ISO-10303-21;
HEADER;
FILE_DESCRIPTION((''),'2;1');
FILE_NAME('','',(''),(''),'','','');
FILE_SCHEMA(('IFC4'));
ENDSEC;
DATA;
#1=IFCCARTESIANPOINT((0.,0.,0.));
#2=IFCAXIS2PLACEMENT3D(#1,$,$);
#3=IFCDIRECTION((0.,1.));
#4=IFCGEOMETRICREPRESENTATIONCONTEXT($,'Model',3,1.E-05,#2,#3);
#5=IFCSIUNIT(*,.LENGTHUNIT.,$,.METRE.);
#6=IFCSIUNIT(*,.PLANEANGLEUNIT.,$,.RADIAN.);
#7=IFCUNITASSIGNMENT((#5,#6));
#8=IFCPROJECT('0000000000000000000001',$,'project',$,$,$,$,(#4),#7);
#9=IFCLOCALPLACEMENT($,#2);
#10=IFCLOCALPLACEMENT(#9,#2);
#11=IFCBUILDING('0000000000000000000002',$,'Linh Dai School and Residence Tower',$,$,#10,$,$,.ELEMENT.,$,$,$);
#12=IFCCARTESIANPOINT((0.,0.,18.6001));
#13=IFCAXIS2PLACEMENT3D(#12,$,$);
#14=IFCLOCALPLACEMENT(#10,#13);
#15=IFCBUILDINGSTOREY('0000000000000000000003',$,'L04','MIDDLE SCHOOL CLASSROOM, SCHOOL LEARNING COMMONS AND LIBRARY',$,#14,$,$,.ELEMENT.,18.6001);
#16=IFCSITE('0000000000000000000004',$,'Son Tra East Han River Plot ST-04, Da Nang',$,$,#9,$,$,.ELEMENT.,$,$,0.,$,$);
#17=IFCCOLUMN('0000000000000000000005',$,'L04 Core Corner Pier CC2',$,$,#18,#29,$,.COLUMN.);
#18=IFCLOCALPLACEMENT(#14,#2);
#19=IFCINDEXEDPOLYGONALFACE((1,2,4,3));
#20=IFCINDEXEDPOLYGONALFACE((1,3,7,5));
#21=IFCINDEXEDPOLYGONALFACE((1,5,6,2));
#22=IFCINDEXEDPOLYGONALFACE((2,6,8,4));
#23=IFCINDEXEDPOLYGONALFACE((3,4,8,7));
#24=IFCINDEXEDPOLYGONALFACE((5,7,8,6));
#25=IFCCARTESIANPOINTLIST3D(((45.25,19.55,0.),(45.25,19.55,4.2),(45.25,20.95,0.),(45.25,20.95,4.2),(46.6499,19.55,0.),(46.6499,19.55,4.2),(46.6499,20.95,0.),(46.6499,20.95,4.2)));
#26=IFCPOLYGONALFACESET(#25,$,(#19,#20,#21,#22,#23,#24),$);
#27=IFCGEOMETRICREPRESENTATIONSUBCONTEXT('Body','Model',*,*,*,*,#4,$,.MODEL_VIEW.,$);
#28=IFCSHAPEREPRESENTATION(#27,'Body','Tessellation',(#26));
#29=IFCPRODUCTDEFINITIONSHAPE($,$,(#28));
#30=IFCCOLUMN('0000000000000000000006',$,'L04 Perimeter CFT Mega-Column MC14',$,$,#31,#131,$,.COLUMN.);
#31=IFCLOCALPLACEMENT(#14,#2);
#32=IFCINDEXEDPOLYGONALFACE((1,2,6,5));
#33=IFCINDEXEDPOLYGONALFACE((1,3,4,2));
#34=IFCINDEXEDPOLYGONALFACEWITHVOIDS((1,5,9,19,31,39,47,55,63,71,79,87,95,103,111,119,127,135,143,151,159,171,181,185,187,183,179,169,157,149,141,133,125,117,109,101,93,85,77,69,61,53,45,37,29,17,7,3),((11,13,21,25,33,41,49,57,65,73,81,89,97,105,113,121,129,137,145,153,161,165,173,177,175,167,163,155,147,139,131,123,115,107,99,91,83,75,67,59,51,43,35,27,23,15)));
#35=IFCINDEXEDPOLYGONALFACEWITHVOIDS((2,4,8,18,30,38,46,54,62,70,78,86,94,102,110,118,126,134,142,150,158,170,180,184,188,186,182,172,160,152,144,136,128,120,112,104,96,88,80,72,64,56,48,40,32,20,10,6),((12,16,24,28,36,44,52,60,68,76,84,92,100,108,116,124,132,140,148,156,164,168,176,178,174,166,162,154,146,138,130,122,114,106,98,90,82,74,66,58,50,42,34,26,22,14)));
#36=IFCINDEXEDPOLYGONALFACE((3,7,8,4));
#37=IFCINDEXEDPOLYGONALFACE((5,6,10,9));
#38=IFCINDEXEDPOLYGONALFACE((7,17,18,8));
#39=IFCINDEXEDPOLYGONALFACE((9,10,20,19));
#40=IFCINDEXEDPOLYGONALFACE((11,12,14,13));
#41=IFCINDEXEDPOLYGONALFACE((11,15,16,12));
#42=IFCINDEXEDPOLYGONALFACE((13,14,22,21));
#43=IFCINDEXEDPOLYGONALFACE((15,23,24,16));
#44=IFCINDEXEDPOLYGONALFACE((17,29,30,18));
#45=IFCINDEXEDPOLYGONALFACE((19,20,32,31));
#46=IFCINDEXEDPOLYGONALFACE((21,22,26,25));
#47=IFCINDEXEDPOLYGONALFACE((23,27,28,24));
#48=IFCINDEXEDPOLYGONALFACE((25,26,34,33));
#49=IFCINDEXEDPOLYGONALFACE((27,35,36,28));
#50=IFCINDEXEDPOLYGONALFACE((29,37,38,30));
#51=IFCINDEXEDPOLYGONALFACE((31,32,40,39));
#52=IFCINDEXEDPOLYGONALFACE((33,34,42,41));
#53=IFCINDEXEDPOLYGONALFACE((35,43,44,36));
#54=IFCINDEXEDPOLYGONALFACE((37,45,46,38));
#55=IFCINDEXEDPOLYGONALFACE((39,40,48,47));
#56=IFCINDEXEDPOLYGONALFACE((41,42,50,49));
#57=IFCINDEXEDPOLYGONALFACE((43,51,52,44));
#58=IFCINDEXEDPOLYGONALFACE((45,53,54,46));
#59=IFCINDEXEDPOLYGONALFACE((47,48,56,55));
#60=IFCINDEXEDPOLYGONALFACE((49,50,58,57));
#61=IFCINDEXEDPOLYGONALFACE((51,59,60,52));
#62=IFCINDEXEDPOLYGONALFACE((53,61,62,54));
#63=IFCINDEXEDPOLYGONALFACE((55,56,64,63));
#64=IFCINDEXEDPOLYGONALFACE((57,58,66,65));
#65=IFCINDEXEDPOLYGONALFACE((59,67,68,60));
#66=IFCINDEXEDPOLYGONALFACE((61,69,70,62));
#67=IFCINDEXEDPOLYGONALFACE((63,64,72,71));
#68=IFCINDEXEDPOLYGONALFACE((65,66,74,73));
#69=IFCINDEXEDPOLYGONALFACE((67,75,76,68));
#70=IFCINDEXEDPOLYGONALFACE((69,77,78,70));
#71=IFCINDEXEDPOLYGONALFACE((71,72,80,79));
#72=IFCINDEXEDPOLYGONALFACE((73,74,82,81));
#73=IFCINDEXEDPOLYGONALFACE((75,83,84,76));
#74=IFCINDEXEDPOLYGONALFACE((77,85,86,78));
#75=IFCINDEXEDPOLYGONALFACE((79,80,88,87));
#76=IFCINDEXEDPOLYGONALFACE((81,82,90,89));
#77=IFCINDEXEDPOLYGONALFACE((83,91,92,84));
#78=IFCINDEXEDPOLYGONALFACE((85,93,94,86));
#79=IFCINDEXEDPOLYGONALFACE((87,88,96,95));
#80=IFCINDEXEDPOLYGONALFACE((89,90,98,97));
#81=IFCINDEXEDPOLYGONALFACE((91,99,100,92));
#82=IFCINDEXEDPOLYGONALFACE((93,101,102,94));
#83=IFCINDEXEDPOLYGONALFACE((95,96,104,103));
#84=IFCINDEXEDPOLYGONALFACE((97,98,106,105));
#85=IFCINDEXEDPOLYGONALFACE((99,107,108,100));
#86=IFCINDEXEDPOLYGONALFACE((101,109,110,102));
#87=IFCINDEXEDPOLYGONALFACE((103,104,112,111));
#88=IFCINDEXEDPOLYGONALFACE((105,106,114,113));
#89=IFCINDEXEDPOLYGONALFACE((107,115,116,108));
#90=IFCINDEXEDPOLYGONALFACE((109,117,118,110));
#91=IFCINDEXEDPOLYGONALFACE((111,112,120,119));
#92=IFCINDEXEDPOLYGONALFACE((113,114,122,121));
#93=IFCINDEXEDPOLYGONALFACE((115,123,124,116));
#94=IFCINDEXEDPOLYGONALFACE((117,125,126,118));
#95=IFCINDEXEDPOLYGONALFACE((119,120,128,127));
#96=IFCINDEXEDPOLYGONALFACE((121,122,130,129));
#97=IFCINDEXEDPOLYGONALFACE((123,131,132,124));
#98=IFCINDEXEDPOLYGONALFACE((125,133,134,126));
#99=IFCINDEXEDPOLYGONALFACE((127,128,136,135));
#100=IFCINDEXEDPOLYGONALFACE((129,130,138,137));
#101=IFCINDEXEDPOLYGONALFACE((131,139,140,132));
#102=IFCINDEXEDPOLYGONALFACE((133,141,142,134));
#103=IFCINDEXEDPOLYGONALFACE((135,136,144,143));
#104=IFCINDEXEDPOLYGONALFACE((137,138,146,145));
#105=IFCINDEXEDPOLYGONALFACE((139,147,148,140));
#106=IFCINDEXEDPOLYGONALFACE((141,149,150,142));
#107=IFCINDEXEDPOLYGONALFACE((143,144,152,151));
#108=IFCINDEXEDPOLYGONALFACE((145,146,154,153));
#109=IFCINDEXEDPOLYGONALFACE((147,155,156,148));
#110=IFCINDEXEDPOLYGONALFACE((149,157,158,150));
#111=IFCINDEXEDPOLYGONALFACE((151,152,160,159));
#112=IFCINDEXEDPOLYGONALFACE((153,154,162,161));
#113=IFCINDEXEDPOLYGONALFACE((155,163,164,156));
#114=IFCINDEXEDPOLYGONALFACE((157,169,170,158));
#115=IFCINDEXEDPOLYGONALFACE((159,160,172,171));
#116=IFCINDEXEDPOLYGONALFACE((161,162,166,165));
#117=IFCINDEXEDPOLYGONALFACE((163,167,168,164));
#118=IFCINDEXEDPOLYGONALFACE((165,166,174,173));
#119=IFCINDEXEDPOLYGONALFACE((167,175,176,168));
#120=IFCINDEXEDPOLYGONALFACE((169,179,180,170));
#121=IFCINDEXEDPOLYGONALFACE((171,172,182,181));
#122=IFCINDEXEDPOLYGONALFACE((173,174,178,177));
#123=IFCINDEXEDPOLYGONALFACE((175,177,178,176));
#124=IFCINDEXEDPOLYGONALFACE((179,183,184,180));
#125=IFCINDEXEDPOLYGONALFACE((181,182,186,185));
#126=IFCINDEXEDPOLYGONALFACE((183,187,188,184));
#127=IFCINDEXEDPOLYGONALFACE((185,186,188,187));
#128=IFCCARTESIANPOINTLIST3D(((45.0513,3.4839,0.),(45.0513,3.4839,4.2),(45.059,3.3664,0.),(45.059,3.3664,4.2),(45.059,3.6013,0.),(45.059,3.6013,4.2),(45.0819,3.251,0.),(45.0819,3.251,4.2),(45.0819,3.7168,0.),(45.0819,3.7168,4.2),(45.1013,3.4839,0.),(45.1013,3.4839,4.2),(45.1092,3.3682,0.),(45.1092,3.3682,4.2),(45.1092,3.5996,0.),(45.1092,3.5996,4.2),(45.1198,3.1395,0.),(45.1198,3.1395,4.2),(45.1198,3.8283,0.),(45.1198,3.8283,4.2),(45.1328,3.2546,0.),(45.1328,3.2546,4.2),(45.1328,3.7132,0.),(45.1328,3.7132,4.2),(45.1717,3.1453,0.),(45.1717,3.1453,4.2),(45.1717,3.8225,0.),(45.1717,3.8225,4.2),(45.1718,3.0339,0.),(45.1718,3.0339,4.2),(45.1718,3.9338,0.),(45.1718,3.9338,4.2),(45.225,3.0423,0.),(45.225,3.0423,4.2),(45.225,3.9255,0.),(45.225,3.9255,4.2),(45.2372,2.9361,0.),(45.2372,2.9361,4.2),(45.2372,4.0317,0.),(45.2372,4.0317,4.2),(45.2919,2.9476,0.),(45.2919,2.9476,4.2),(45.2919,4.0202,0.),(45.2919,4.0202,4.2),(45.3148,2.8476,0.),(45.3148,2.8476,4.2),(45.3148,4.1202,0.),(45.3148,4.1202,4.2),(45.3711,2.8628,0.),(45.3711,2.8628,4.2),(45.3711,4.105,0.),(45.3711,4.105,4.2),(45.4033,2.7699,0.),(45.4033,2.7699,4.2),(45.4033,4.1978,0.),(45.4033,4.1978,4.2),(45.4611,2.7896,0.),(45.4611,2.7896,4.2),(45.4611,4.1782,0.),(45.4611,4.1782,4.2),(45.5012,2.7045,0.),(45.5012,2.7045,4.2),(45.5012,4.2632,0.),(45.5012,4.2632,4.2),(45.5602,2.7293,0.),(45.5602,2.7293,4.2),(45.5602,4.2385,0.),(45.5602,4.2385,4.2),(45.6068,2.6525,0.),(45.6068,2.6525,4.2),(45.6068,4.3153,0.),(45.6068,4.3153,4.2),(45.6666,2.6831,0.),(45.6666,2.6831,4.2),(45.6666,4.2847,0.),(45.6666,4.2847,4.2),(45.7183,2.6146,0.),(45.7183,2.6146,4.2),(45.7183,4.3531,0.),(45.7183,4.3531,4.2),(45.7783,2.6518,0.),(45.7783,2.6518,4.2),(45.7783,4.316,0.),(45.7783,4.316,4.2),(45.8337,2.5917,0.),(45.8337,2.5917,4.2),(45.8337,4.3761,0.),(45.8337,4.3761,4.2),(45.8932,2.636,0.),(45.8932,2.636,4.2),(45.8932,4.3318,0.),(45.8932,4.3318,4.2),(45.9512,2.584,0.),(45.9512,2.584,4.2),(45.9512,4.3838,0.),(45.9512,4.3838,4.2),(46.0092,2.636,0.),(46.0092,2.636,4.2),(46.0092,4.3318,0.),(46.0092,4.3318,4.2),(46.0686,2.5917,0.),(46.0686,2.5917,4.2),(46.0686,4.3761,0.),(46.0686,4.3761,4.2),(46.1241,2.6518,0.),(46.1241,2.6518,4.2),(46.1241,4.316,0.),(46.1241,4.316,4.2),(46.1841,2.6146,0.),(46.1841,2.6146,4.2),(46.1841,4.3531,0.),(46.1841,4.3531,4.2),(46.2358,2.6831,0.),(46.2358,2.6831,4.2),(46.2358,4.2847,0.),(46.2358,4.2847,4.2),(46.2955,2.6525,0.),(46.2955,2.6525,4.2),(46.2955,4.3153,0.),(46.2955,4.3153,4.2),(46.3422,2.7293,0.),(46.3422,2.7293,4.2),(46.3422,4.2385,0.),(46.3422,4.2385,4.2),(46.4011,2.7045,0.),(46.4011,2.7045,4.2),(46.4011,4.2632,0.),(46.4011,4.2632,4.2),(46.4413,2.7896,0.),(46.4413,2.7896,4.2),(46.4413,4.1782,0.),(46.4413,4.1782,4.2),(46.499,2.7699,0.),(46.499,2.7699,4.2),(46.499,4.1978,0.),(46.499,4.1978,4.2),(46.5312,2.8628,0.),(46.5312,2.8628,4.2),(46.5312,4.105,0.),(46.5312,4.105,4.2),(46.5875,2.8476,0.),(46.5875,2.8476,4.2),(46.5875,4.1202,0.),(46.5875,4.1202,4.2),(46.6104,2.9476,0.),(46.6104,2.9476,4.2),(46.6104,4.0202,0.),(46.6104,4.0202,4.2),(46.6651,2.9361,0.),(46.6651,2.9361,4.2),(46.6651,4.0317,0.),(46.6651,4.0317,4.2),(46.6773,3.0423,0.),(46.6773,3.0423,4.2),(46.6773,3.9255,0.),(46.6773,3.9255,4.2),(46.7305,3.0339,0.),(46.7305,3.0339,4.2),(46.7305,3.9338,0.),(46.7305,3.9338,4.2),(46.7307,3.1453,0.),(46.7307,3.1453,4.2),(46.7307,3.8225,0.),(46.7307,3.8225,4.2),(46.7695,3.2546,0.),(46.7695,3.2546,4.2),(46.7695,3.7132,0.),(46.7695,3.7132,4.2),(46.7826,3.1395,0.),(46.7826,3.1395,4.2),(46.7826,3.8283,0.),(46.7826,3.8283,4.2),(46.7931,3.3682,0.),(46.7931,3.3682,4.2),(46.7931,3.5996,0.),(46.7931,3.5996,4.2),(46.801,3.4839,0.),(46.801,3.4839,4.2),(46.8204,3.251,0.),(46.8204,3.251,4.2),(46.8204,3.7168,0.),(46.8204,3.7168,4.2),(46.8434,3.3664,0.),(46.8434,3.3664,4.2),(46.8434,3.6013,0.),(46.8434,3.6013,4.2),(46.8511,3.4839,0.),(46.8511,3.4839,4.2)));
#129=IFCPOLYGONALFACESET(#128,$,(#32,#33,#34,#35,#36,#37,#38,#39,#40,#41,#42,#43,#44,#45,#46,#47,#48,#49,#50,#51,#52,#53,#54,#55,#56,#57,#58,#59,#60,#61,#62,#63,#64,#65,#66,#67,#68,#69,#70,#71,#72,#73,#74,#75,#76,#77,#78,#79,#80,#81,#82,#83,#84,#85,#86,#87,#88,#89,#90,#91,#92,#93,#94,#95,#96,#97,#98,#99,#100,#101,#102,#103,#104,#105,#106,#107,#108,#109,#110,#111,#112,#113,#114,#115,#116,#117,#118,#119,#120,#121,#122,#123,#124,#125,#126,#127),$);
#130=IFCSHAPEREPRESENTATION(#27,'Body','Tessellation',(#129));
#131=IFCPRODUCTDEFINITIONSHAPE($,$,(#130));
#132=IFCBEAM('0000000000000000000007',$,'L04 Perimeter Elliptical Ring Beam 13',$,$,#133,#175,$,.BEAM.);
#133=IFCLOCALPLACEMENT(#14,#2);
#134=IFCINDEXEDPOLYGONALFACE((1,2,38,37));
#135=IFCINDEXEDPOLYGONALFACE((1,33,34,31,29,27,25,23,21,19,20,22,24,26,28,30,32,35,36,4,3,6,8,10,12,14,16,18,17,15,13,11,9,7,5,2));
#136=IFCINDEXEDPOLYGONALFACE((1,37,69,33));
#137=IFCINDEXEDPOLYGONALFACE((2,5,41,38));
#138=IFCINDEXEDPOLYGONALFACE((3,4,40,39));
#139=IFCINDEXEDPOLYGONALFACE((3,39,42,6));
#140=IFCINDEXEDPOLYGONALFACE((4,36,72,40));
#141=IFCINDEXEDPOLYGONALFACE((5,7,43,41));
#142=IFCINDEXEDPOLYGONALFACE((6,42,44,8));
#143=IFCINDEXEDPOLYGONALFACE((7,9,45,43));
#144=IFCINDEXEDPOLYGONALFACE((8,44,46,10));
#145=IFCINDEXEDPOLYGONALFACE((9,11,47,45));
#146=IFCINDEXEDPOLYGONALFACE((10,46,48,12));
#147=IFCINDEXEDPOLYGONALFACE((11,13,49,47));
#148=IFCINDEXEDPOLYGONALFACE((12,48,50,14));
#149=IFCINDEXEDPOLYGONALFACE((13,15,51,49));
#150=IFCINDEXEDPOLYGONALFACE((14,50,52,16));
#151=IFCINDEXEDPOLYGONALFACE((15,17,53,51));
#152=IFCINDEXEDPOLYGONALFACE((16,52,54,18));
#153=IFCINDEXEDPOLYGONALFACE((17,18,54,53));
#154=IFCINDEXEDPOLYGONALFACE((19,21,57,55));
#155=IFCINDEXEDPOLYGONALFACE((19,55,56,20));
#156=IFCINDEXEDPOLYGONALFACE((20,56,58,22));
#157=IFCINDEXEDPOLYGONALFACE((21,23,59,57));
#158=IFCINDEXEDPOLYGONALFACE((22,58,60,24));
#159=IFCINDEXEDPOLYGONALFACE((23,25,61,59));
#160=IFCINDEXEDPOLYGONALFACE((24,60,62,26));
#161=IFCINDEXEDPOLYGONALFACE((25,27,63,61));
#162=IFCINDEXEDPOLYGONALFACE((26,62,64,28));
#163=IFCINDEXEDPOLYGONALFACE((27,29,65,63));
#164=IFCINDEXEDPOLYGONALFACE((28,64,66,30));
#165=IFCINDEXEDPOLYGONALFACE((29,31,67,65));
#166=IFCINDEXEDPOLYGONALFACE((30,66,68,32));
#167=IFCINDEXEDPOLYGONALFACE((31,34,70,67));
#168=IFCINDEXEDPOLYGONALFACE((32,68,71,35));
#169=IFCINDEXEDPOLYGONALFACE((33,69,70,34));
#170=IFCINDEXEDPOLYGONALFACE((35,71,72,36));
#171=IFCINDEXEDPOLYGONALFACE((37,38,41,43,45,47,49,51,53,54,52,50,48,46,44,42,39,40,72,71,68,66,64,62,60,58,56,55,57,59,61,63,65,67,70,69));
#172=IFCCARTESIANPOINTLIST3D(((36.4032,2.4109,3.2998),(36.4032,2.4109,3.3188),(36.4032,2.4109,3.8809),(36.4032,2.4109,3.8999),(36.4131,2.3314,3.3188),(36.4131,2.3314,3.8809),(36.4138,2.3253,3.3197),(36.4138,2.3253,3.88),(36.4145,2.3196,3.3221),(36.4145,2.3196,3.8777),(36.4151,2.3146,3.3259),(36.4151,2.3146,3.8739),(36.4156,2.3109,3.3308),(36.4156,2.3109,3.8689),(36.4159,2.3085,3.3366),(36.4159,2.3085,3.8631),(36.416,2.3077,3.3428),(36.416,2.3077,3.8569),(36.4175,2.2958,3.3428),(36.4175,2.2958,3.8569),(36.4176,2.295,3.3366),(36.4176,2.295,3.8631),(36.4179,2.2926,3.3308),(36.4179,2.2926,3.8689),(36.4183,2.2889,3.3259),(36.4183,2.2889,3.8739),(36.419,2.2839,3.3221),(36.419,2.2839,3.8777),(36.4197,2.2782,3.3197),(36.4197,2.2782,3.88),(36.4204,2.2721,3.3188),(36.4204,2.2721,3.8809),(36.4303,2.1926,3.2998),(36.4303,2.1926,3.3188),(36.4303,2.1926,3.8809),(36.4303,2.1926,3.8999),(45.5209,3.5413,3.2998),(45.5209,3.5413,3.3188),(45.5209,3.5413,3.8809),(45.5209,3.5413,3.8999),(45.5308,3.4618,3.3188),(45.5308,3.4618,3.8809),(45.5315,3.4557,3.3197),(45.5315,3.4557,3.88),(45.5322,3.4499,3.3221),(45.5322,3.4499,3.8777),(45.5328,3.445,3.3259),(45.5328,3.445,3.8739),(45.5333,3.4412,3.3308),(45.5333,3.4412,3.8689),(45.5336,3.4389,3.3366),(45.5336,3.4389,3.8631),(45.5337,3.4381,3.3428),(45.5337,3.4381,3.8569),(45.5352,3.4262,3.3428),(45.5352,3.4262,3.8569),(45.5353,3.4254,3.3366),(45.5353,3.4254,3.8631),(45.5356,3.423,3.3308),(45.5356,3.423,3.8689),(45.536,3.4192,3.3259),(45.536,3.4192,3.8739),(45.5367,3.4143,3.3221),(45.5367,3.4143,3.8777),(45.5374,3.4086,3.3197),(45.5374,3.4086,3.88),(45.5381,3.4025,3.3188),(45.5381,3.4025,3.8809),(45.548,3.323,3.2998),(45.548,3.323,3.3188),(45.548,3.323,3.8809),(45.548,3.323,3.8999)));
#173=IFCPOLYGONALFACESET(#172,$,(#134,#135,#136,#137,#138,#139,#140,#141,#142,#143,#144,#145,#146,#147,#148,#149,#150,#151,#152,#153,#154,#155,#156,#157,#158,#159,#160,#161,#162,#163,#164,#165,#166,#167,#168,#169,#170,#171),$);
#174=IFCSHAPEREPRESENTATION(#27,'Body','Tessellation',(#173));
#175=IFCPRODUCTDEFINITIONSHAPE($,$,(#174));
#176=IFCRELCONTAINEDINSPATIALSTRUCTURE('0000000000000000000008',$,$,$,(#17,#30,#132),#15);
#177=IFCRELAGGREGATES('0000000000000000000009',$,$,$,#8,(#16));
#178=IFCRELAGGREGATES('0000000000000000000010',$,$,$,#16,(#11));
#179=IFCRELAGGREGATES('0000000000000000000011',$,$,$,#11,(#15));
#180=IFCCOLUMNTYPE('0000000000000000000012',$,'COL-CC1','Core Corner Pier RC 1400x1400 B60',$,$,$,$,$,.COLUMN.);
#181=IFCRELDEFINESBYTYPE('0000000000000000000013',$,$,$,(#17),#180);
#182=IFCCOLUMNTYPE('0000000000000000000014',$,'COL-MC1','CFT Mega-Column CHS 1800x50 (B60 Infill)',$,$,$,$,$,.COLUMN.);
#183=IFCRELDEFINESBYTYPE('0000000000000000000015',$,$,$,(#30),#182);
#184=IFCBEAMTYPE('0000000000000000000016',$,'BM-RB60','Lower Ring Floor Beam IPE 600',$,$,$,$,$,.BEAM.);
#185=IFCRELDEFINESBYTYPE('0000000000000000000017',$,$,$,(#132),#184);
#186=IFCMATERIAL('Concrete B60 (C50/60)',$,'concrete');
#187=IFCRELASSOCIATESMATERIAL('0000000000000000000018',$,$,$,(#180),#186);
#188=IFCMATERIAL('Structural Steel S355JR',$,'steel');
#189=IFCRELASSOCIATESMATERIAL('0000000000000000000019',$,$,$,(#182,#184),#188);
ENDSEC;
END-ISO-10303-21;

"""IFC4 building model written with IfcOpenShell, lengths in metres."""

from ifc_helpers import new_model, si_unit, direction, frame, origin, origin_2d, place, context, subcontext, project, spatial, rectangle, hollow_circle, i_section, extrude, material, material_profile, profile_set, type_object, element, save


model = new_model("IFC4")

# Units and contexts
model_context = context("Model", 3, precision=1e-05, world=origin(), true_north=direction((0.0, 1.0)))
body_context = subcontext(model_context, "Body", "Model", "MODEL_VIEW")
ifc_project = project(units=[si_unit("LENGTHUNIT", "METRE"), si_unit("PLANEANGLEUNIT", "RADIAN")], contexts=[model_context])

# Site, building, storey
site_placement = place(None, origin())
site = spatial("IfcSite", under=ifc_project, at=site_placement, Name="Son Tra East Han River Plot ST-04, Da Nang", CompositionType="ELEMENT", RefElevation=0.0)
building_placement = place(site_placement, origin())
building = spatial("IfcBuilding", under=site, at=building_placement, Name="Linh Dai School and Residence Tower", CompositionType="ELEMENT")
storey_placement = place(building_placement, frame((0.0, 0.0, 18.6001)))
storey = spatial("IfcBuildingStorey", under=building, at=storey_placement, Name="L04", Description="MIDDLE SCHOOL CLASSROOM, SCHOOL LEARNING COMMONS AND LIBRARY", CompositionType="ELEMENT", Elevation=18.6001)

# Columns
ifc_material_1 = material(Name="Concrete B60 (C50/60)", Category="concrete")
ifc_material_profile_1 = material_profile(ifc_material_1, rectangle(XDim=1.3999, YDim=1.3999, at=origin_2d()), Name="RC 1400x1400")
ifc_profile_set_1 = profile_set([ifc_material_profile_1], Name="Concrete B60 (C50/60)")
column_type_1 = type_object("IfcColumnType", Name="COL-CC1", Description="Core Corner Pier RC 1400x1400 B60", PredefinedType="COLUMN", material=ifc_profile_set_1)
column_1_placement = place(storey_placement, frame((45.95, 20.25, 0.0), z_axis=(0.0, 0.0, 1.0), x_axis=(1.0, 0.0, 0.0)))
element("IfcColumn", 1, at=column_1_placement, inside=storey, type_object=column_type_1, Name="L04 Core Corner Pier CC2", PredefinedType="COLUMN", context=body_context, shape_type="SweptSolid", body=[
    extrude(rectangle(XDim=1.3999, YDim=1.3999, at=origin_2d()), origin(), (0.0, 0.0, 1.0), 4.2),
])
ifc_material_2 = material(Name="Structural Steel S355JR", Category="steel")
ifc_material_profile_2 = material_profile(ifc_material_2, hollow_circle(Radius=0.8999, WallThickness=0.05, at=origin_2d()), Name="CHS 1800x50")
ifc_profile_set_2 = profile_set([ifc_material_profile_2], Name="Structural Steel S355JR")
column_type_2 = type_object("IfcColumnType", Name="COL-MC1", Description="CFT Mega-Column CHS 1800x50 (B60 Infill)", PredefinedType="COLUMN", material=ifc_profile_set_2)
column_2_placement = place(storey_placement, frame((45.9512, 3.4839, 0.0), z_axis=(0.0, 0.0, 1.0), x_axis=(1.0, 0.0, 0.0)))
element("IfcColumn", 2, at=column_2_placement, inside=storey, type_object=column_type_2, Name="L04 Perimeter CFT Mega-Column MC14", PredefinedType="COLUMN", context=body_context, shape_type="SweptSolid", body=[
    extrude(hollow_circle(Radius=0.8999, WallThickness=0.05, at=origin_2d()), origin(), (0.0, 0.0, 1.0), 4.2),
])

# Beam
ifc_material_profile_3 = material_profile(ifc_material_2, i_section(OverallWidth=0.22, OverallDepth=0.6001, WebThickness=0.012, FlangeThickness=0.019, FilletRadius=0.0239, at=origin_2d()), Name="IPE 600")
ifc_profile_set_3 = profile_set([ifc_material_profile_3], Name="Structural Steel S355JR")
beam_type_1 = type_object("IfcBeamType", Name="BM-RB60", Description="Lower Ring Floor Beam IPE 600", PredefinedType="BEAM", material=ifc_profile_set_3)
beam_1_placement = place(storey_placement, frame((36.4167, 2.3018, 3.5999), z_axis=(0.992402, 0.123034, 0.0), x_axis=(-0.123034, 0.992402, 0.0)))
element("IfcBeam", 3, at=beam_1_placement, inside=storey, type_object=beam_type_1, Name="L04 Perimeter Elliptical Ring Beam 13", PredefinedType="BEAM", context=body_context, shape_type="SweptSolid", body=[
    extrude(i_section(OverallWidth=0.22, OverallDepth=0.6001, WebThickness=0.012, FlangeThickness=0.019, FilletRadius=0.0239, at=origin_2d()), origin(), (0.0, 0.0, 1.0), 9.1875),
])

save(model, "model.ifc")
